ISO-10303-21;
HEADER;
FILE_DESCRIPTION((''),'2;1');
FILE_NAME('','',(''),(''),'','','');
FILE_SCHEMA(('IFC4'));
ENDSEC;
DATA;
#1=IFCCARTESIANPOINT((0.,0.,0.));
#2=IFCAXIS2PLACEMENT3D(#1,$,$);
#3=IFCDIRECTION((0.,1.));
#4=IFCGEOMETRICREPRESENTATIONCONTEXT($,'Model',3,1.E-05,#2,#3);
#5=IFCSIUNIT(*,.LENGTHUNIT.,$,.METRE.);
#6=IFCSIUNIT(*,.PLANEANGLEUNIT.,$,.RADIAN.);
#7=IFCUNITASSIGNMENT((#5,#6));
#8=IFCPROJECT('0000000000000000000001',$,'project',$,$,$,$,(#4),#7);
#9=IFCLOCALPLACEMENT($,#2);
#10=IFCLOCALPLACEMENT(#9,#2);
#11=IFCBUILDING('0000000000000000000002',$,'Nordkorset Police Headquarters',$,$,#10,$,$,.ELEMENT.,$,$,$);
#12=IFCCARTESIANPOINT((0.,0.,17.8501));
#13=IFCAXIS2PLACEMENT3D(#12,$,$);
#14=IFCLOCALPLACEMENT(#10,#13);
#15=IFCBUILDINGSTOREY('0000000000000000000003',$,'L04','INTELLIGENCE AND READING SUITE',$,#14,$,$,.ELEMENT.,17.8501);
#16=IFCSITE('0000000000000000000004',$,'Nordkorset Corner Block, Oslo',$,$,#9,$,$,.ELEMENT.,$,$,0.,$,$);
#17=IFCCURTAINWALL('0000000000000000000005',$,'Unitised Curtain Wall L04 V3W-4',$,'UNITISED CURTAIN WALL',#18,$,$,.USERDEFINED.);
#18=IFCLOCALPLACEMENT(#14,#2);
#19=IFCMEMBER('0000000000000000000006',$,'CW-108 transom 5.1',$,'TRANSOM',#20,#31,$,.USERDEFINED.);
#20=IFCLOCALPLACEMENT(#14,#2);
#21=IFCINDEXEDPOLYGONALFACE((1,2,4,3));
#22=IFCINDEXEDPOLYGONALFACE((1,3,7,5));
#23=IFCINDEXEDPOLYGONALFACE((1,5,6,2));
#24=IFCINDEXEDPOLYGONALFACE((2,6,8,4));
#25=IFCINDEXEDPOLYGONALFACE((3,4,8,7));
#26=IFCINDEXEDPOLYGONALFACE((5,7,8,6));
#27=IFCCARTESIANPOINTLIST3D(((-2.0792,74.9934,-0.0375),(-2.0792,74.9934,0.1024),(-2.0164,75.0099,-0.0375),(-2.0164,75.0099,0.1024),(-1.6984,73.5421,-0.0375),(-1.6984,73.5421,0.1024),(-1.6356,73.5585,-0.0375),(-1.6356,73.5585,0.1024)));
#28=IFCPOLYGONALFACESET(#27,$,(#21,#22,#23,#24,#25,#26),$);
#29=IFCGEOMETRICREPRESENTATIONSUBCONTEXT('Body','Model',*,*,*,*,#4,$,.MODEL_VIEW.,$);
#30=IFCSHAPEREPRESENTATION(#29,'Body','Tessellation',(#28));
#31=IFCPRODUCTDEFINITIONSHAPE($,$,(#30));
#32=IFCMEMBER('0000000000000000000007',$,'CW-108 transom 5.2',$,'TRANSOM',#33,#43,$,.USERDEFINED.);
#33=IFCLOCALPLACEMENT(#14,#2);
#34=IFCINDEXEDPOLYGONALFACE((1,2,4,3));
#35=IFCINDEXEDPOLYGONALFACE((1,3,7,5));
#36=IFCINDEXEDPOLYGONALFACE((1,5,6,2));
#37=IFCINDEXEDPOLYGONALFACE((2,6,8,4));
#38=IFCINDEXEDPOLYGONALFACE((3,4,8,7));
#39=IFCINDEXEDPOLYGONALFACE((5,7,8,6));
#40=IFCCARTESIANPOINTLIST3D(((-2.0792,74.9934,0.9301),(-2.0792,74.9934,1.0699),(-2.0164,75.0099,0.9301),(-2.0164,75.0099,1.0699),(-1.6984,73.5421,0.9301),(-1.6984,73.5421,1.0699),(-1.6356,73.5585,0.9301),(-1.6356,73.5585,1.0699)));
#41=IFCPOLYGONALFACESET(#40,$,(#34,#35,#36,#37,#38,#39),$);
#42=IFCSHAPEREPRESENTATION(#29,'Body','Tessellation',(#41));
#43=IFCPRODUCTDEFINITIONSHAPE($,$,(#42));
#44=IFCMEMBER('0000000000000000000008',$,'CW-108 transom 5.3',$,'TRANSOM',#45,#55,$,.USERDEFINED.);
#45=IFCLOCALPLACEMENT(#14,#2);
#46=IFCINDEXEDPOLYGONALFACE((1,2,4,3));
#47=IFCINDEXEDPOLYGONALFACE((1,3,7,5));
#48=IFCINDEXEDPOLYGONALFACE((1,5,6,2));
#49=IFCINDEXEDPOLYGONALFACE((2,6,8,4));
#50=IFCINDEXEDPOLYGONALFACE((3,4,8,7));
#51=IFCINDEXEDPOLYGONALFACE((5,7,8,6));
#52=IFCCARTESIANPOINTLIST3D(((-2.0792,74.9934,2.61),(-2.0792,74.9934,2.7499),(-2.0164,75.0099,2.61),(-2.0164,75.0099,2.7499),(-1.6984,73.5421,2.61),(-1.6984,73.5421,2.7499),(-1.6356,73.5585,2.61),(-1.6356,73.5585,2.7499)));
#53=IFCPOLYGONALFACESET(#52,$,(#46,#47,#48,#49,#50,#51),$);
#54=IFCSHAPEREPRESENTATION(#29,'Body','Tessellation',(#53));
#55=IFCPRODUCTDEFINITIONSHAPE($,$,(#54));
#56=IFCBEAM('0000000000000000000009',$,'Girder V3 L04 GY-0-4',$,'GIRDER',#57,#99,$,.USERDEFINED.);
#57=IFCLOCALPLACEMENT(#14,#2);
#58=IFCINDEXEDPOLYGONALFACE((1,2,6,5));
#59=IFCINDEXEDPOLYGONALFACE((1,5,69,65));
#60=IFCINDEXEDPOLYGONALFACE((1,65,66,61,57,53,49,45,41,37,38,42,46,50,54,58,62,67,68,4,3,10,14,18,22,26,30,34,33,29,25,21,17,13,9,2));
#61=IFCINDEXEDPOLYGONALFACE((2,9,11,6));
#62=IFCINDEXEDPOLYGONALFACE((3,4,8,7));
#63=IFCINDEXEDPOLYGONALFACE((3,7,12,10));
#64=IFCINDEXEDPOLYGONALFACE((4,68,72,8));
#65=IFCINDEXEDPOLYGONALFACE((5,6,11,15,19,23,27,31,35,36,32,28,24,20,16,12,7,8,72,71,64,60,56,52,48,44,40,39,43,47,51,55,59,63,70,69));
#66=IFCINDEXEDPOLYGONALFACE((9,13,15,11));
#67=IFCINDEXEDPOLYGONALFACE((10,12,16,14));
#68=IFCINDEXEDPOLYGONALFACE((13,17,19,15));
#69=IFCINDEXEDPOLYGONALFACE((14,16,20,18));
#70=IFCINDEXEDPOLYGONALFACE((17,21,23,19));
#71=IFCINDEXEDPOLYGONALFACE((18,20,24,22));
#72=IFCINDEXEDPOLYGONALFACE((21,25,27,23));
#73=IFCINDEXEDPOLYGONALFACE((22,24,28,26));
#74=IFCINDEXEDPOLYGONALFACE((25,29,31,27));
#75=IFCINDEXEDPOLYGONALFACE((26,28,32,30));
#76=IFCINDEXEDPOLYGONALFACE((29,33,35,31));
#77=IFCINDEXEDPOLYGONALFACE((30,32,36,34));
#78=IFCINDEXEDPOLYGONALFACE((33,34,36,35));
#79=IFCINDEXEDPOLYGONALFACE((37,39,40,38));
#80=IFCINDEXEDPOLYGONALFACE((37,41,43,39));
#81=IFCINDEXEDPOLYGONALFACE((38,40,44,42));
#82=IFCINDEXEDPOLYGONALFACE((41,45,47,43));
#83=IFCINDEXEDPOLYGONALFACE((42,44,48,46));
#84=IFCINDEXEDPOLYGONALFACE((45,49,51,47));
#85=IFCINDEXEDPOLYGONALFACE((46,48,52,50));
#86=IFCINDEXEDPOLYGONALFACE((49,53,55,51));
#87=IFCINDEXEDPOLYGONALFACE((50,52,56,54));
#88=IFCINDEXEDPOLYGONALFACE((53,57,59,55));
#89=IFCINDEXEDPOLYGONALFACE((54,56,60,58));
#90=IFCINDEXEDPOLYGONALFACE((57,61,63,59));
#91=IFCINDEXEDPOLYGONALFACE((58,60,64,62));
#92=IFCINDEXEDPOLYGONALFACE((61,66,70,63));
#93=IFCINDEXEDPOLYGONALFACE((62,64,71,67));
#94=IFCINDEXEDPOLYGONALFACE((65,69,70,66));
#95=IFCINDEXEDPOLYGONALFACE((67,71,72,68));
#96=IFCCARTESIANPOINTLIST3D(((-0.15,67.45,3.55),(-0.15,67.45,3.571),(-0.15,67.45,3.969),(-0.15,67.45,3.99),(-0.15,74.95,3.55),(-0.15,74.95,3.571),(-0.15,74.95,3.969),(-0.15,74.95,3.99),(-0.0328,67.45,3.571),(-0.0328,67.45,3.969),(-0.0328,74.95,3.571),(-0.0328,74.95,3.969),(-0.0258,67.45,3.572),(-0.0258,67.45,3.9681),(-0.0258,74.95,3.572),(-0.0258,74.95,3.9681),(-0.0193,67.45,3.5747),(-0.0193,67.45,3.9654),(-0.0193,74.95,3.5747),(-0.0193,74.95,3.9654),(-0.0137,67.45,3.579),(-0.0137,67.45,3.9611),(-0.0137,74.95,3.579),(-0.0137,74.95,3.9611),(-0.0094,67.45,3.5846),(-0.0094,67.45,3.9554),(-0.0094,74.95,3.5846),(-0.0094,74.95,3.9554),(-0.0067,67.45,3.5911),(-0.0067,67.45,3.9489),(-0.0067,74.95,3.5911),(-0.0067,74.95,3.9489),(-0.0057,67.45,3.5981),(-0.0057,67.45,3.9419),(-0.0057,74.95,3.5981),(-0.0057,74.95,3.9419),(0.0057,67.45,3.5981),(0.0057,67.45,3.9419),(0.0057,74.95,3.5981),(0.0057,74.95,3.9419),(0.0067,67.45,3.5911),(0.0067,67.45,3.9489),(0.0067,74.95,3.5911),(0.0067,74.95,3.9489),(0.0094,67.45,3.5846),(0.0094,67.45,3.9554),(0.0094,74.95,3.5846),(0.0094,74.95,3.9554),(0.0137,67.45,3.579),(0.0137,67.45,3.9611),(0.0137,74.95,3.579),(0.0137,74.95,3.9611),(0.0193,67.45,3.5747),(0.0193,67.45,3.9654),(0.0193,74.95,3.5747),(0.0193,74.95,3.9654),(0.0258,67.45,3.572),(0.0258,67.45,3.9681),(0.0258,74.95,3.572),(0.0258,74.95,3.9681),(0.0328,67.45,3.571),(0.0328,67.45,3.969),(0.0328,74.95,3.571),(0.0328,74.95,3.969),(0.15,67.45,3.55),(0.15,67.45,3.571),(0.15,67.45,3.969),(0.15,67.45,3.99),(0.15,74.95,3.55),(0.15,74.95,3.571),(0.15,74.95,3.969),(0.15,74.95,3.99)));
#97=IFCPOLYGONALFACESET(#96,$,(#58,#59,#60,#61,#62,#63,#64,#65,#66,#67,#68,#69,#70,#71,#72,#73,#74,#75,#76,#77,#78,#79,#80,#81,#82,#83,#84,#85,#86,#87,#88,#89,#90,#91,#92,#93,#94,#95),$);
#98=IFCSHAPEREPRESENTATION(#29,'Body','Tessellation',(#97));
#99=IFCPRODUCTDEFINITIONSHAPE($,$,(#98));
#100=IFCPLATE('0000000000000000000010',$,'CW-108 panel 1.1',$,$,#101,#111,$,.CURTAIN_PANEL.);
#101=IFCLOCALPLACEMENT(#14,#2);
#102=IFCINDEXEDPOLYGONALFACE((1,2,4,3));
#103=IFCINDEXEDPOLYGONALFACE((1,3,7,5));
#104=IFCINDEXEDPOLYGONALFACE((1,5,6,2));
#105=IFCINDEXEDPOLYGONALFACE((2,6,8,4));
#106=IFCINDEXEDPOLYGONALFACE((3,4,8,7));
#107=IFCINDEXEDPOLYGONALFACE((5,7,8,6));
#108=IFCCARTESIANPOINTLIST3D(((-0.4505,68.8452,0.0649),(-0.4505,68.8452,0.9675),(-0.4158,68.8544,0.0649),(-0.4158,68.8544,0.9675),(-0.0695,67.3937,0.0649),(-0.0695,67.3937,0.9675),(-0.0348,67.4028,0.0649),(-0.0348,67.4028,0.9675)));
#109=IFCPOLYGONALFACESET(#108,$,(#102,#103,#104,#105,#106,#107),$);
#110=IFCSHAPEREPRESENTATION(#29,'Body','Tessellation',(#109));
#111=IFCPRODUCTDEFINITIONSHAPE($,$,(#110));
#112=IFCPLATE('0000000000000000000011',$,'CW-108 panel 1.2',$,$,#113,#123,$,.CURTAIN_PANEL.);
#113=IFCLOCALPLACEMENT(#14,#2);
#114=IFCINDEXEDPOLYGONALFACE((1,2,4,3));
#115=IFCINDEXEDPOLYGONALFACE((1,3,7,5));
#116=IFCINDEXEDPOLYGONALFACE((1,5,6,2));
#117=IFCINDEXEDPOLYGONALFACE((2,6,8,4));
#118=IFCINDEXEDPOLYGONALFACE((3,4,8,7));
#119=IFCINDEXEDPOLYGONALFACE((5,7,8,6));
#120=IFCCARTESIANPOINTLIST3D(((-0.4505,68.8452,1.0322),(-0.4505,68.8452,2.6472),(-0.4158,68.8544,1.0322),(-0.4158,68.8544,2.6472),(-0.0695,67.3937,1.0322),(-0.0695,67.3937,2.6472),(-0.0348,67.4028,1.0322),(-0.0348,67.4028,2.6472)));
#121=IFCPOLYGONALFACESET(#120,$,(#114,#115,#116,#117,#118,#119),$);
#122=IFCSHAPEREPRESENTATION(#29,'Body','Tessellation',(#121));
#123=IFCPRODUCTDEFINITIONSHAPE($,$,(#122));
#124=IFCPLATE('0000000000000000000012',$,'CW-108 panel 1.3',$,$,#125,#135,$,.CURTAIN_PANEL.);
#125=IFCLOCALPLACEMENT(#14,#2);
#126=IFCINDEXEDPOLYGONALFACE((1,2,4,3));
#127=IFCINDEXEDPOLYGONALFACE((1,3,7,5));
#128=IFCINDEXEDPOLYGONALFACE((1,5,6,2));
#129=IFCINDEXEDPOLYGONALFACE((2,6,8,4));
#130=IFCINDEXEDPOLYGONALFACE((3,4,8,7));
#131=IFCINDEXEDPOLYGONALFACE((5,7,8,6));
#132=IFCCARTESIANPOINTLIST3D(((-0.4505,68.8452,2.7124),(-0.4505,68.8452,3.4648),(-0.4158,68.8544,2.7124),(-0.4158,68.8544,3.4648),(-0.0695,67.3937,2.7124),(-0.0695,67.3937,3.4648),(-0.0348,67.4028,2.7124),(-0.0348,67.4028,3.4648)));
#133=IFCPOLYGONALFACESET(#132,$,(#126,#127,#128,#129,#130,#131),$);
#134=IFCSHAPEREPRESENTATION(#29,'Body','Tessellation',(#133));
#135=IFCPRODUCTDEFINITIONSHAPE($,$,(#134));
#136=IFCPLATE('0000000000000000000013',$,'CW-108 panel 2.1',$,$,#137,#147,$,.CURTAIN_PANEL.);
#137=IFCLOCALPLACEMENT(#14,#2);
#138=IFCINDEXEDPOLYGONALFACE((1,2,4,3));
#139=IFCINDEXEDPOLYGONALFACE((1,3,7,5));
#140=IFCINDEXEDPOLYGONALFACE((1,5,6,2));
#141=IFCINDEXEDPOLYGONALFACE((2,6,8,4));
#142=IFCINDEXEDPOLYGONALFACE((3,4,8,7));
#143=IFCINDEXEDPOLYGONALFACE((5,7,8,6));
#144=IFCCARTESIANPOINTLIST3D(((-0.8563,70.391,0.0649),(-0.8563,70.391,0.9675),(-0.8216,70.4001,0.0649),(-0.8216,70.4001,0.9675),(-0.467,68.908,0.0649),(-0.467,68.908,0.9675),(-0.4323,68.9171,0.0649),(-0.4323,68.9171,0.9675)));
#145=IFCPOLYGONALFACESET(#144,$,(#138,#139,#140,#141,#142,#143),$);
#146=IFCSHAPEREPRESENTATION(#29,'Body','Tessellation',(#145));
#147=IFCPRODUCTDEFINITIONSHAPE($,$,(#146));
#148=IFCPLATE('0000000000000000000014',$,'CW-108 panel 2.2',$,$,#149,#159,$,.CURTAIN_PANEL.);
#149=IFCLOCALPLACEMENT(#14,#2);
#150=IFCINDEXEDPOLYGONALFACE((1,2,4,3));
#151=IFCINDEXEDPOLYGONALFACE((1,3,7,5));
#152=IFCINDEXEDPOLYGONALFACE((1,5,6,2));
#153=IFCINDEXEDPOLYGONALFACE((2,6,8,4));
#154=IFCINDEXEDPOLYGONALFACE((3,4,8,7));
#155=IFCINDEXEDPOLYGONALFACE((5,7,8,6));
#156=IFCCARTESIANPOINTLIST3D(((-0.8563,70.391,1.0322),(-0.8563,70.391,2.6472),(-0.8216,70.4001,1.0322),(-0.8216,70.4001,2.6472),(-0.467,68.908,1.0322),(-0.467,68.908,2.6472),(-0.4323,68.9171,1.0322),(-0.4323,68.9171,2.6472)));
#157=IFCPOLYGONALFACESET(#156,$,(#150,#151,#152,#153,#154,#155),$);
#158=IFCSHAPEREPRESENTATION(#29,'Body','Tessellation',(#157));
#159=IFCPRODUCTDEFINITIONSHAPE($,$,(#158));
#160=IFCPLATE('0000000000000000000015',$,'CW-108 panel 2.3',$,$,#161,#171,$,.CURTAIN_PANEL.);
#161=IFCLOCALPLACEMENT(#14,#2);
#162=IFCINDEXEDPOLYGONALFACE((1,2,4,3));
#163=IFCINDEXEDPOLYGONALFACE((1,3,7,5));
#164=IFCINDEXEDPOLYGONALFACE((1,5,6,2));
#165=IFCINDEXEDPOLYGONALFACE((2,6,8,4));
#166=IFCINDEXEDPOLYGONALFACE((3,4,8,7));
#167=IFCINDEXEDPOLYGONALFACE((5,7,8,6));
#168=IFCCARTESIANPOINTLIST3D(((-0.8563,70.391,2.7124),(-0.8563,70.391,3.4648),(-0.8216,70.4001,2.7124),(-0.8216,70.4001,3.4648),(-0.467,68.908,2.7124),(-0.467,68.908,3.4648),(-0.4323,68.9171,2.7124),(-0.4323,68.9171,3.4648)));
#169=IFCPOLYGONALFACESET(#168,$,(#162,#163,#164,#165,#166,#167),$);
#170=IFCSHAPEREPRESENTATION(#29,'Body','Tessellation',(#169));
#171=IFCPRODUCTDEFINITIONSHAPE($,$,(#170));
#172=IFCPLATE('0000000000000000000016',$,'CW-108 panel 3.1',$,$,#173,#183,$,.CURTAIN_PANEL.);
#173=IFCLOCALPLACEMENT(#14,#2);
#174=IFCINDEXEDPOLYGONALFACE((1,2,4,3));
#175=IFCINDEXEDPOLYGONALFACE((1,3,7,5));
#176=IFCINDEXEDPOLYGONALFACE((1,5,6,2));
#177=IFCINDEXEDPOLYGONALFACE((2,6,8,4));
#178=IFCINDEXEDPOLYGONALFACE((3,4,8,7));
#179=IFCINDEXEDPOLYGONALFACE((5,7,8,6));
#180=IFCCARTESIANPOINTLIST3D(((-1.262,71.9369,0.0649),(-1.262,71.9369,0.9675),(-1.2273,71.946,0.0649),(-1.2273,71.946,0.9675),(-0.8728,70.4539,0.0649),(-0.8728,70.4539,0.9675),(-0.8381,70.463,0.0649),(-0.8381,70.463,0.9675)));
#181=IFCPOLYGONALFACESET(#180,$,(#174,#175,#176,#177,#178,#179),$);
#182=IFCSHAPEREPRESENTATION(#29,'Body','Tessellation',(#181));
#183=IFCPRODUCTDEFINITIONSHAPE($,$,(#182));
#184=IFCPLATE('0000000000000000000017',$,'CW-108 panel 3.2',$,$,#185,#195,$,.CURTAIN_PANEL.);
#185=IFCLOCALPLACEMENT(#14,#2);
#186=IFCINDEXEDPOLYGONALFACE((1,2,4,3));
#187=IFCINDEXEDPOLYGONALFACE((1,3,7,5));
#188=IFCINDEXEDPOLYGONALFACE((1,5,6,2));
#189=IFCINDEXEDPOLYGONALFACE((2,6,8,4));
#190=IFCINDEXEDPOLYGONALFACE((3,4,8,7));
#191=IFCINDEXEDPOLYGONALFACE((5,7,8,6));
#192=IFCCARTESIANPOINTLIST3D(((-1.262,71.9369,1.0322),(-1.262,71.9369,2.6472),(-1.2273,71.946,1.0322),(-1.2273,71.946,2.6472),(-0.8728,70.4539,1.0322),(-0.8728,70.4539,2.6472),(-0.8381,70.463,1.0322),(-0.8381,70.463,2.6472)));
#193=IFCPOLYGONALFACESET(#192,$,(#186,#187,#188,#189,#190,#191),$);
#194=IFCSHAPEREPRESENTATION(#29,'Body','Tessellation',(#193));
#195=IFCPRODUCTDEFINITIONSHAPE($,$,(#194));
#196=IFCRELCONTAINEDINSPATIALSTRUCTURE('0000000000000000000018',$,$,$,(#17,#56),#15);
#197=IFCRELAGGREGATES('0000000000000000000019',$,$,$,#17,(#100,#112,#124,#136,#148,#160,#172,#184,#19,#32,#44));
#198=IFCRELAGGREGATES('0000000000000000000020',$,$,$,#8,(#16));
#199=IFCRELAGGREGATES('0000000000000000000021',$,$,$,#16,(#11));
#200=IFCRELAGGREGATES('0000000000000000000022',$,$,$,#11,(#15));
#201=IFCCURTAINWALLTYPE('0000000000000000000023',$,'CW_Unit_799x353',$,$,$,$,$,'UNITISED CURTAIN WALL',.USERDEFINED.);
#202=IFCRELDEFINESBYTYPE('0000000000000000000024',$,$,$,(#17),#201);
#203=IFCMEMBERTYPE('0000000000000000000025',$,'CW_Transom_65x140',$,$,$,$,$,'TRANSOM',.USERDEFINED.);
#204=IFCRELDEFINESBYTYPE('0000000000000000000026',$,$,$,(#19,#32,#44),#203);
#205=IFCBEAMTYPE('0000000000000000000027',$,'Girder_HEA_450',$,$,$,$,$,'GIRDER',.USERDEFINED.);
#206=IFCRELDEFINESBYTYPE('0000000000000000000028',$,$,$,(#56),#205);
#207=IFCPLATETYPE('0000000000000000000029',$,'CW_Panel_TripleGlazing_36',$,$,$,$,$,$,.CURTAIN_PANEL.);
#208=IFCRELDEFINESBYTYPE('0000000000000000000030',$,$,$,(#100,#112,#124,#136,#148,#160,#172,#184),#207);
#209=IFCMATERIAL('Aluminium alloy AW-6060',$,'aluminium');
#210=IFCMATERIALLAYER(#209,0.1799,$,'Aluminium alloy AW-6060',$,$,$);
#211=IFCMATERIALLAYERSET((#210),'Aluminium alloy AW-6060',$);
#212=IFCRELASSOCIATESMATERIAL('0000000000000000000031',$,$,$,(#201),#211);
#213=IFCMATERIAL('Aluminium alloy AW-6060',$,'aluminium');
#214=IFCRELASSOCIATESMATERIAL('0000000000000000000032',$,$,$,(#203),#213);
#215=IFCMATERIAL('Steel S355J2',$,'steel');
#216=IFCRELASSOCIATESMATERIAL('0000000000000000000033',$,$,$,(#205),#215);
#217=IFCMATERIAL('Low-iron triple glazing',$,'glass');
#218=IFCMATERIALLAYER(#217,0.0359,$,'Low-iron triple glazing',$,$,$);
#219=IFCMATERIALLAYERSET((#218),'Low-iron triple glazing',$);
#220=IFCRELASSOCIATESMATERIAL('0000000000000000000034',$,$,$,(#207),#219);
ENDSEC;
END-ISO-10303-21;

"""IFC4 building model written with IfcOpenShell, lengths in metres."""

from ifc_helpers import new_model, si_unit, direction, frame, origin, origin_2d, place, context, subcontext, project, spatial, rectangle, i_section, extrude, material, layer, layer_set, material_profile, profile_set, type_object, element, aggregate, save


model = new_model("IFC4")

# Units and contexts
model_context = context("Model", 3, precision=1e-05, world=origin(), true_north=direction((0.0, 1.0)))
body_context = subcontext(model_context, "Body", "Model", "MODEL_VIEW")
ifc_project = project(units=[si_unit("LENGTHUNIT", "METRE"), si_unit("PLANEANGLEUNIT", "RADIAN")], contexts=[model_context])

# Site, building, storey
site_placement = place(None, origin())
site = spatial("IfcSite", under=ifc_project, at=site_placement, Name="Nordkorset Corner Block, Oslo", CompositionType="ELEMENT", RefElevation=0.0)
building_placement = place(site_placement, origin())
building = spatial("IfcBuilding", under=site, at=building_placement, Name="Nordkorset Police Headquarters", CompositionType="ELEMENT")
storey_placement = place(building_placement, frame((0.0, 0.0, 17.8501)))
storey = spatial("IfcBuildingStorey", under=building, at=storey_placement, Name="L04", Description="INTELLIGENCE AND READING SUITE", CompositionType="ELEMENT", Elevation=17.8501)

# Curtain wall, members
ifc_material_1 = material(Name="Aluminium alloy AW-6060", Category="aluminium")
ifc_layer_1 = layer(ifc_material_1, 0.1799, Name="Aluminium alloy AW-6060")
ifc_layer_set_1 = layer_set([ifc_layer_1], Name="Aluminium alloy AW-6060")
curtain_wall_type = type_object("IfcCurtainWallType", Name="CW_Unit_799x353", ElementType="UNITISED CURTAIN WALL", PredefinedType="USERDEFINED", material=ifc_layer_set_1)
curtain_wall_placement = place(storey_placement, origin())
curtain_wall = element("IfcCurtainWall", 1, at=curtain_wall_placement, inside=storey, type_object=curtain_wall_type, Name="Unitised Curtain Wall L04 V3W-4", ObjectType="UNITISED CURTAIN WALL", PredefinedType="USERDEFINED")
ifc_material_2 = material(Name="Aluminium alloy AW-6060", Category="aluminium")
ifc_material_profile_1 = material_profile(ifc_material_2, rectangle(XDim=0.0649, YDim=0.1399, at=origin_2d()), Name="ALU TRAN 65x140")
ifc_profile_set_1 = profile_set([ifc_material_profile_1], Name="Aluminium alloy AW-6060")
member_type_1 = type_object("IfcMemberType", Name="CW_Transom_65x140", ElementType="TRANSOM", PredefinedType="USERDEFINED", material=ifc_profile_set_1)
member_1_placement = place(storey_placement, frame((-1.667, 73.5503, 0.0325), z_axis=(-0.253813, 0.967253, 0.0), x_axis=(-0.967253, -0.253813, 0.0)))
member_1 = element("IfcMember", 2, at=member_1_placement, type_object=member_type_1, Name="CW-108 transom 5.1", ObjectType="TRANSOM", PredefinedType="USERDEFINED", context=body_context, shape_type="SweptSolid", body=[
    extrude(rectangle(XDim=0.0649, YDim=0.1399, at=origin_2d()), origin(), (0.0, 0.0, 1.0), 1.5005),
])
member_2_placement = place(storey_placement, frame((-1.667, 73.5503, 1.0), z_axis=(-0.253813, 0.967253, 0.0), x_axis=(-0.967253, -0.253813, 0.0)))
member_2 = element("IfcMember", 3, at=member_2_placement, type_object=member_type_1, Name="CW-108 transom 5.2", ObjectType="TRANSOM", PredefinedType="USERDEFINED", context=body_context, shape_type="SweptSolid", body=[
    extrude(rectangle(XDim=0.0649, YDim=0.1399, at=origin_2d()), origin(), (0.0, 0.0, 1.0), 1.5005),
])
member_3_placement = place(storey_placement, frame((-1.667, 73.5503, 2.6799), z_axis=(-0.253813, 0.967253, 0.0), x_axis=(-0.967253, -0.253813, 0.0)))
member_3 = element("IfcMember", 4, at=member_3_placement, type_object=member_type_1, Name="CW-108 transom 5.3", ObjectType="TRANSOM", PredefinedType="USERDEFINED", context=body_context, shape_type="SweptSolid", body=[
    extrude(rectangle(XDim=0.0649, YDim=0.1399, at=origin_2d()), origin(), (0.0, 0.0, 1.0), 1.5005),
])

# Beam
ifc_material_3 = material(Name="Steel S355J2", Category="steel")
ifc_material_profile_2 = material_profile(ifc_material_3, i_section(OverallWidth=0.3, OverallDepth=0.4399, WebThickness=0.0115, FlangeThickness=0.021, FilletRadius=0.0271, at=origin_2d()), Name="HEA 450")
ifc_profile_set_2 = profile_set([ifc_material_profile_2], Name="Steel S355J2")
beam_type_1 = type_object("IfcBeamType", Name="Girder_HEA_450", ElementType="GIRDER", PredefinedType="USERDEFINED", material=ifc_profile_set_2)
beam_placement = place(storey_placement, frame((0.0, 67.45, 3.77), z_axis=(0.0, 1.0, 0.0), x_axis=(-1.0, 0.0, 0.0)))
element("IfcBeam", 5, at=beam_placement, inside=storey, type_object=beam_type_1, Name="Girder V3 L04 GY-0-4", ObjectType="GIRDER", PredefinedType="USERDEFINED", context=body_context, shape_type="SweptSolid", body=[
    extrude(i_section(OverallWidth=0.3, OverallDepth=0.4399, WebThickness=0.0115, FlangeThickness=0.021, FilletRadius=0.0271, at=origin_2d()), origin(), (0.0, 0.0, 1.0), 7.5),
])

# Plates
ifc_material_4 = material(Name="Low-iron triple glazing", Category="glass")
ifc_layer_2 = layer(ifc_material_4, 0.0359, Name="Low-iron triple glazing")
ifc_layer_set_2 = layer_set([ifc_layer_2], Name="Low-iron triple glazing")
plate_type = type_object("IfcPlateType", Name="CW_Panel_TripleGlazing_36", PredefinedType="CURTAIN_PANEL", material=ifc_layer_set_2)
plate_1_placement = place(storey_placement, frame((-0.2427, 68.124, 0.0649), z_axis=(0.0, 0.0, 1.0), x_axis=(-0.253897, 0.967231, 0.0)))
plate_1 = element("IfcPlate", 6, at=plate_1_placement, type_object=plate_type, Name="CW-108 panel 1.1", PredefinedType="CURTAIN_PANEL", context=body_context, shape_type="SweptSolid", body=[
    extrude(rectangle(XDim=1.5007, YDim=0.0359, at=origin_2d()), origin(), (0.0, 0.0, 1.0), 0.9026),
])
plate_2_placement = place(storey_placement, frame((-0.2427, 68.124, 1.0322), z_axis=(0.0, 0.0, 1.0), x_axis=(-0.253897, 0.967231, 0.0)))
plate_2 = element("IfcPlate", 7, at=plate_2_placement, type_object=plate_type, Name="CW-108 panel 1.2", PredefinedType="CURTAIN_PANEL", context=body_context, shape_type="SweptSolid", body=[
    extrude(rectangle(XDim=1.5007, YDim=0.0359, at=origin_2d()), origin(), (0.0, 0.0, 1.0), 1.615),
])
plate_3_placement = place(storey_placement, frame((-0.2427, 68.124, 2.7124), z_axis=(0.0, 0.0, 1.0), x_axis=(-0.253897, 0.967231, 0.0)))
plate_3 = element("IfcPlate", 8, at=plate_3_placement, type_object=plate_type, Name="CW-108 panel 1.3", PredefinedType="CURTAIN_PANEL", context=body_context, shape_type="SweptSolid", body=[
    extrude(rectangle(XDim=1.5007, YDim=0.0359, at=origin_2d()), origin(), (0.0, 0.0, 1.0), 0.7524),
])
plate_4_placement = place(storey_placement, frame((-0.6443, 69.6541, 0.0649), z_axis=(0.0, 0.0, 1.0), x_axis=(-0.253897, 0.967231, 0.0)))
plate_4 = element("IfcPlate", 9, at=plate_4_placement, type_object=plate_type, Name="CW-108 panel 2.1", PredefinedType="CURTAIN_PANEL", context=body_context, shape_type="SweptSolid", body=[
    extrude(rectangle(XDim=1.5332, YDim=0.0359, at=origin_2d()), origin(), (0.0, 0.0, 1.0), 0.9026),
])
plate_5_placement = place(storey_placement, frame((-0.6443, 69.6541, 1.0322), z_axis=(0.0, 0.0, 1.0), x_axis=(-0.253897, 0.967231, 0.0)))
plate_5 = element("IfcPlate", 10, at=plate_5_placement, type_object=plate_type, Name="CW-108 panel 2.2", PredefinedType="CURTAIN_PANEL", context=body_context, shape_type="SweptSolid", body=[
    extrude(rectangle(XDim=1.5332, YDim=0.0359, at=origin_2d()), origin(), (0.0, 0.0, 1.0), 1.615),
])
plate_6_placement = place(storey_placement, frame((-0.6443, 69.6541, 2.7124), z_axis=(0.0, 0.0, 1.0), x_axis=(-0.253897, 0.967231, 0.0)))
plate_6 = element("IfcPlate", 11, at=plate_6_placement, type_object=plate_type, Name="CW-108 panel 2.3", PredefinedType="CURTAIN_PANEL", context=body_context, shape_type="SweptSolid", body=[
    extrude(rectangle(XDim=1.5332, YDim=0.0359, at=origin_2d()), origin(), (0.0, 0.0, 1.0), 0.7524),
])
plate_7_placement = place(storey_placement, frame((-1.05, 71.2, 0.0649), z_axis=(0.0, 0.0, 1.0), x_axis=(-0.253897, 0.967231, 0.0)))
plate_7 = element("IfcPlate", 12, at=plate_7_placement, type_object=plate_type, Name="CW-108 panel 3.1", PredefinedType="CURTAIN_PANEL", context=body_context, shape_type="SweptSolid", body=[
    extrude(rectangle(XDim=1.5332, YDim=0.0359, at=origin_2d()), origin(), (0.0, 0.0, 1.0), 0.9026),
])
plate_8_placement = place(storey_placement, frame((-1.05, 71.2, 1.0322), z_axis=(0.0, 0.0, 1.0), x_axis=(-0.253897, 0.967231, 0.0)))
plate_8 = element("IfcPlate", 13, at=plate_8_placement, type_object=plate_type, Name="CW-108 panel 3.2", PredefinedType="CURTAIN_PANEL", context=body_context, shape_type="SweptSolid", body=[
    extrude(rectangle(XDim=1.5332, YDim=0.0359, at=origin_2d()), origin(), (0.0, 0.0, 1.0), 1.615),
])
aggregate(curtain_wall, [plate_1, plate_2, plate_3, plate_4, plate_5, plate_6, plate_7, plate_8, member_1, member_2, member_3])

save(model, "model.ifc")
